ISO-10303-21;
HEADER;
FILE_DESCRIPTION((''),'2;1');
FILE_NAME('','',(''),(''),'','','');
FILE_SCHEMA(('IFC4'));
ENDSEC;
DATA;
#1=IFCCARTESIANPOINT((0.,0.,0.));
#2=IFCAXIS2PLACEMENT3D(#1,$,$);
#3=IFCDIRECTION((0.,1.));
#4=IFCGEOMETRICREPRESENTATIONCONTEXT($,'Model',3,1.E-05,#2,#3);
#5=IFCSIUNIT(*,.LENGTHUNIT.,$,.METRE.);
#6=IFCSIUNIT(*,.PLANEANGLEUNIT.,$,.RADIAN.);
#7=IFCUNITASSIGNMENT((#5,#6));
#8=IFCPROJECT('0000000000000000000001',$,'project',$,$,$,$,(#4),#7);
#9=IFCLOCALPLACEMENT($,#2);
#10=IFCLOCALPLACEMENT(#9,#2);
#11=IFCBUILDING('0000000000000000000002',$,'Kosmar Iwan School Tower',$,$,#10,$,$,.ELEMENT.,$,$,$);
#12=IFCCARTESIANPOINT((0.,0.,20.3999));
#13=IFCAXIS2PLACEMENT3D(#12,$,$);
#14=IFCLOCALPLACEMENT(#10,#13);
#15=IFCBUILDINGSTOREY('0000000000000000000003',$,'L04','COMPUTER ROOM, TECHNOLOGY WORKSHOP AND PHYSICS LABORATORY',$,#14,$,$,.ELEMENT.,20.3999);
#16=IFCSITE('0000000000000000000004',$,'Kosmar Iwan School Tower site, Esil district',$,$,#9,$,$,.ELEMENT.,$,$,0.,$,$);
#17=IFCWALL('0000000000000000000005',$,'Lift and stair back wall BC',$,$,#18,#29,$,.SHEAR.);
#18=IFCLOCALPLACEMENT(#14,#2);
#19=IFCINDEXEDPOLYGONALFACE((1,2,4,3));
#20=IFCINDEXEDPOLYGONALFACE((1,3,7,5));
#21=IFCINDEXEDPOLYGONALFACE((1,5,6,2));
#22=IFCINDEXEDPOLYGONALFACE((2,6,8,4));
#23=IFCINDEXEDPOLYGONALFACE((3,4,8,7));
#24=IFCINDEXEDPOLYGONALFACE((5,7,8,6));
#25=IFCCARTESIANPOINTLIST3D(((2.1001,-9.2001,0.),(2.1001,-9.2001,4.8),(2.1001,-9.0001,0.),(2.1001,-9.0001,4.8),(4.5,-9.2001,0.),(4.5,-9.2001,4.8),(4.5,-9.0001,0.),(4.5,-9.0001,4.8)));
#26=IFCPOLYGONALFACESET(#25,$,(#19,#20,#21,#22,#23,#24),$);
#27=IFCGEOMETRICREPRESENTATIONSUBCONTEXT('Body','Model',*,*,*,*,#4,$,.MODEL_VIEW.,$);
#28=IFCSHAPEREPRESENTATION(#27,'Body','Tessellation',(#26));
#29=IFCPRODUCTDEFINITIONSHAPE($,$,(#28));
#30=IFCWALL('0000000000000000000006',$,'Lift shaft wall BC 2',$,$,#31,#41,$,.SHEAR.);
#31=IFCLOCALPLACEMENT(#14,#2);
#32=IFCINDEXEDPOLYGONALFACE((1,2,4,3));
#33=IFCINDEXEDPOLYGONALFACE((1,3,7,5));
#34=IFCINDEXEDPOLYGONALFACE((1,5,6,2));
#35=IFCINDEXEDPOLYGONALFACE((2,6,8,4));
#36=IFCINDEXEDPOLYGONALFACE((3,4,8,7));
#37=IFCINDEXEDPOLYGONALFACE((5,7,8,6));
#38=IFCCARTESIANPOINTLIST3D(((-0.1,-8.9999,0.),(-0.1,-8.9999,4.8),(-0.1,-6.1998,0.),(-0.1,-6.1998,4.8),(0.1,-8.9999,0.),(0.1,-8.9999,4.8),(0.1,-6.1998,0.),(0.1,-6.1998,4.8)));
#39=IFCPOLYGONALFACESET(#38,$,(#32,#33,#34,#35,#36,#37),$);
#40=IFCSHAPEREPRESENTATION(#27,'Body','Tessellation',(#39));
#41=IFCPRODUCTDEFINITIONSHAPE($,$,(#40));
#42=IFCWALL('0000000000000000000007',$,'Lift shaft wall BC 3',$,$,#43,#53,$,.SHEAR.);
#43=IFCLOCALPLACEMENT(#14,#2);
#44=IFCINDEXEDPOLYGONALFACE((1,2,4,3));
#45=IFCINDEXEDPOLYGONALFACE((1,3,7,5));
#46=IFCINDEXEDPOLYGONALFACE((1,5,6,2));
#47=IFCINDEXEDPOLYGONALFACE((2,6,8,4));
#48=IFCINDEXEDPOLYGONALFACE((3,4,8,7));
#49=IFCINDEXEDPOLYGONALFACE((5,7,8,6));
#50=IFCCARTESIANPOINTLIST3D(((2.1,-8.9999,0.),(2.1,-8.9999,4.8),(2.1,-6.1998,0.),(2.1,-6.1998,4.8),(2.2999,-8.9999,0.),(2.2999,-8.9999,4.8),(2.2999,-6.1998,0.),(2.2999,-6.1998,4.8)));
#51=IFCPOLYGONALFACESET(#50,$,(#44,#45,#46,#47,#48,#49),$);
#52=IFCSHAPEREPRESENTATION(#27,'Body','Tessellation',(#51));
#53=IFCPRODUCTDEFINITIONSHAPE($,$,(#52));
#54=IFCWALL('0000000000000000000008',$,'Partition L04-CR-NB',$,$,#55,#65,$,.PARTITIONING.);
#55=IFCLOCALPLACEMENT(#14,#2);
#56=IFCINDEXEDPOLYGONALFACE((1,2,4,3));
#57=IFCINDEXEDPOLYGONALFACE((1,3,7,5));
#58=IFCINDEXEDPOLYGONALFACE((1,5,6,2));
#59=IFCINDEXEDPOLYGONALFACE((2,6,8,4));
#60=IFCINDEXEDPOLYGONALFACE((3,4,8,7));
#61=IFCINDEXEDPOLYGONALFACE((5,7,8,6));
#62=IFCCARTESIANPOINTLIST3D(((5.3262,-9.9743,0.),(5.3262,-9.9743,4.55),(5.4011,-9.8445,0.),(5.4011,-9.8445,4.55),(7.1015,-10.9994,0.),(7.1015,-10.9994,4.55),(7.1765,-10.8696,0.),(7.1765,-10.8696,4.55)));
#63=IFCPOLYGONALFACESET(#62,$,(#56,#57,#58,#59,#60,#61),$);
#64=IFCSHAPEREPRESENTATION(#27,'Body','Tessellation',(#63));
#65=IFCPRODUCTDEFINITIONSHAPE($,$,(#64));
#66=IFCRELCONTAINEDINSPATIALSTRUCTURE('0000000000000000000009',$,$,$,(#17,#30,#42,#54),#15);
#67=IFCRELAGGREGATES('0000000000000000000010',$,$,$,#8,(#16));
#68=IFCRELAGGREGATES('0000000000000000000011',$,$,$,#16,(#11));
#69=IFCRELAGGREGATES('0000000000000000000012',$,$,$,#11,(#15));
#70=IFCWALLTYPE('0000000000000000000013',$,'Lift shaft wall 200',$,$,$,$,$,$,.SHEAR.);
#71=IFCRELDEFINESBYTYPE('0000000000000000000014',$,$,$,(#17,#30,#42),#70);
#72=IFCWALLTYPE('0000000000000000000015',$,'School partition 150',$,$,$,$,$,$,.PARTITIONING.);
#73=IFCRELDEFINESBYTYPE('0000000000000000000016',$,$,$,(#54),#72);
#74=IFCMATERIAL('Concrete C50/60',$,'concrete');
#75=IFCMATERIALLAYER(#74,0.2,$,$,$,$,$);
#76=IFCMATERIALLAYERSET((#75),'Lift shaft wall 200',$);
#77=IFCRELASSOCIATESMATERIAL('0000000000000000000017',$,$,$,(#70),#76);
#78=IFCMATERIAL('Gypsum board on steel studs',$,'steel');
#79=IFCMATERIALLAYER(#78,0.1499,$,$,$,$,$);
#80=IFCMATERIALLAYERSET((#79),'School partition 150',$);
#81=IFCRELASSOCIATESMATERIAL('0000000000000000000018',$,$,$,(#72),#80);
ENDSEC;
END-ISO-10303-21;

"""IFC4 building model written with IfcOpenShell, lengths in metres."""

from ifc_helpers import new_model, si_unit, direction, frame, frame_2d, origin, place, context, subcontext, project, spatial, rectangle, extrude, material, layer, layer_set, type_object, element, save


model = new_model("IFC4")

# Units and contexts
model_context = context("Model", 3, precision=1e-05, world=origin(), true_north=direction((0.0, 1.0)))
body_context = subcontext(model_context, "Body", "Model", "MODEL_VIEW")
ifc_project = project(units=[si_unit("LENGTHUNIT", "METRE"), si_unit("PLANEANGLEUNIT", "RADIAN")], contexts=[model_context])

# Site, building, storey
site_placement = place(None, origin())
site = spatial("IfcSite", under=ifc_project, at=site_placement, Name="Kosmar Iwan School Tower site, Esil district", CompositionType="ELEMENT", RefElevation=0.0)
building_placement = place(site_placement, origin())
building = spatial("IfcBuilding", under=site, at=building_placement, Name="Kosmar Iwan School Tower", CompositionType="ELEMENT")
storey_placement = place(building_placement, frame((0.0, 0.0, 20.3999)))
storey = spatial("IfcBuildingStorey", under=building, at=storey_placement, Name="L04", Description="COMPUTER ROOM, TECHNOLOGY WORKSHOP AND PHYSICS LABORATORY", CompositionType="ELEMENT", Elevation=20.3999)

# Walls
ifc_material_1 = material(Name="Concrete C50/60", Category="concrete")
ifc_layer_1 = layer(ifc_material_1, 0.2)
ifc_layer_set_1 = layer_set([ifc_layer_1], Name="Lift shaft wall 200")
wall_type_1 = type_object("IfcWallType", Name="Lift shaft wall 200", PredefinedType="SHEAR", material=ifc_layer_set_1)
wall_1_placement = place(storey_placement, frame((2.1001, -9.1001, 0.0), z_axis=(0.0, 0.0, 1.0), x_axis=(1.0, 0.0, 0.0)))
element("IfcWall", 1, at=wall_1_placement, inside=storey, type_object=wall_type_1, Name="Lift and stair back wall BC", PredefinedType="SHEAR", context=body_context, shape_type="SweptSolid", body=[
    extrude(rectangle(XDim=2.3999, YDim=0.2, at=frame_2d((1.2, 0.0))), origin(), (0.0, 0.0, 1.0), 4.8),
])
for number, where, z_axis, x_axis, name in (
    (2, (0.0, -6.2, 0.0), (0.0, 0.0, 1.0), (0.0, -1.0, 0.0), "Lift shaft wall BC 2"),
    (3, (2.2, -6.2, 0.0), (0.0, 0.0, 1.0), (0.0, -1.0, 0.0), "Lift shaft wall BC 3"),
):
    element("IfcWall", number, at=place(storey_placement, frame(where, z_axis=z_axis, x_axis=x_axis)), inside=storey, type_object=wall_type_1, Name=name, PredefinedType="SHEAR", context=body_context, shape_type="SweptSolid", body=[
        extrude(rectangle(XDim=2.8, YDim=0.2, at=frame_2d((1.3999, 0.0))), origin(), (0.0, 0.0, 1.0), 4.8),
    ])
ifc_material_2 = material(Name="Gypsum board on steel studs", Category="steel")
ifc_layer_2 = layer(ifc_material_2, 0.1499)
ifc_layer_set_2 = layer_set([ifc_layer_2], Name="School partition 150")
wall_type_2 = type_object("IfcWallType", Name="School partition 150", PredefinedType="PARTITIONING", material=ifc_layer_set_2)
wall_2_placement = place(storey_placement, frame((5.3638, -9.9094, 0.0), z_axis=(0.0, 0.0, 1.0), x_axis=(0.865999, -0.500045, 0.0)))
element("IfcWall", 4, at=wall_2_placement, inside=storey, type_object=wall_type_2, Name="Partition L04-CR-NB", PredefinedType="PARTITIONING", context=body_context, shape_type="SweptSolid", body=[
    extrude(rectangle(XDim=2.05, YDim=0.1499, at=frame_2d((1.0249, 0.0))), origin(), (0.0, 0.0, 1.0), 4.55),
])

save(model, "model.ifc")
